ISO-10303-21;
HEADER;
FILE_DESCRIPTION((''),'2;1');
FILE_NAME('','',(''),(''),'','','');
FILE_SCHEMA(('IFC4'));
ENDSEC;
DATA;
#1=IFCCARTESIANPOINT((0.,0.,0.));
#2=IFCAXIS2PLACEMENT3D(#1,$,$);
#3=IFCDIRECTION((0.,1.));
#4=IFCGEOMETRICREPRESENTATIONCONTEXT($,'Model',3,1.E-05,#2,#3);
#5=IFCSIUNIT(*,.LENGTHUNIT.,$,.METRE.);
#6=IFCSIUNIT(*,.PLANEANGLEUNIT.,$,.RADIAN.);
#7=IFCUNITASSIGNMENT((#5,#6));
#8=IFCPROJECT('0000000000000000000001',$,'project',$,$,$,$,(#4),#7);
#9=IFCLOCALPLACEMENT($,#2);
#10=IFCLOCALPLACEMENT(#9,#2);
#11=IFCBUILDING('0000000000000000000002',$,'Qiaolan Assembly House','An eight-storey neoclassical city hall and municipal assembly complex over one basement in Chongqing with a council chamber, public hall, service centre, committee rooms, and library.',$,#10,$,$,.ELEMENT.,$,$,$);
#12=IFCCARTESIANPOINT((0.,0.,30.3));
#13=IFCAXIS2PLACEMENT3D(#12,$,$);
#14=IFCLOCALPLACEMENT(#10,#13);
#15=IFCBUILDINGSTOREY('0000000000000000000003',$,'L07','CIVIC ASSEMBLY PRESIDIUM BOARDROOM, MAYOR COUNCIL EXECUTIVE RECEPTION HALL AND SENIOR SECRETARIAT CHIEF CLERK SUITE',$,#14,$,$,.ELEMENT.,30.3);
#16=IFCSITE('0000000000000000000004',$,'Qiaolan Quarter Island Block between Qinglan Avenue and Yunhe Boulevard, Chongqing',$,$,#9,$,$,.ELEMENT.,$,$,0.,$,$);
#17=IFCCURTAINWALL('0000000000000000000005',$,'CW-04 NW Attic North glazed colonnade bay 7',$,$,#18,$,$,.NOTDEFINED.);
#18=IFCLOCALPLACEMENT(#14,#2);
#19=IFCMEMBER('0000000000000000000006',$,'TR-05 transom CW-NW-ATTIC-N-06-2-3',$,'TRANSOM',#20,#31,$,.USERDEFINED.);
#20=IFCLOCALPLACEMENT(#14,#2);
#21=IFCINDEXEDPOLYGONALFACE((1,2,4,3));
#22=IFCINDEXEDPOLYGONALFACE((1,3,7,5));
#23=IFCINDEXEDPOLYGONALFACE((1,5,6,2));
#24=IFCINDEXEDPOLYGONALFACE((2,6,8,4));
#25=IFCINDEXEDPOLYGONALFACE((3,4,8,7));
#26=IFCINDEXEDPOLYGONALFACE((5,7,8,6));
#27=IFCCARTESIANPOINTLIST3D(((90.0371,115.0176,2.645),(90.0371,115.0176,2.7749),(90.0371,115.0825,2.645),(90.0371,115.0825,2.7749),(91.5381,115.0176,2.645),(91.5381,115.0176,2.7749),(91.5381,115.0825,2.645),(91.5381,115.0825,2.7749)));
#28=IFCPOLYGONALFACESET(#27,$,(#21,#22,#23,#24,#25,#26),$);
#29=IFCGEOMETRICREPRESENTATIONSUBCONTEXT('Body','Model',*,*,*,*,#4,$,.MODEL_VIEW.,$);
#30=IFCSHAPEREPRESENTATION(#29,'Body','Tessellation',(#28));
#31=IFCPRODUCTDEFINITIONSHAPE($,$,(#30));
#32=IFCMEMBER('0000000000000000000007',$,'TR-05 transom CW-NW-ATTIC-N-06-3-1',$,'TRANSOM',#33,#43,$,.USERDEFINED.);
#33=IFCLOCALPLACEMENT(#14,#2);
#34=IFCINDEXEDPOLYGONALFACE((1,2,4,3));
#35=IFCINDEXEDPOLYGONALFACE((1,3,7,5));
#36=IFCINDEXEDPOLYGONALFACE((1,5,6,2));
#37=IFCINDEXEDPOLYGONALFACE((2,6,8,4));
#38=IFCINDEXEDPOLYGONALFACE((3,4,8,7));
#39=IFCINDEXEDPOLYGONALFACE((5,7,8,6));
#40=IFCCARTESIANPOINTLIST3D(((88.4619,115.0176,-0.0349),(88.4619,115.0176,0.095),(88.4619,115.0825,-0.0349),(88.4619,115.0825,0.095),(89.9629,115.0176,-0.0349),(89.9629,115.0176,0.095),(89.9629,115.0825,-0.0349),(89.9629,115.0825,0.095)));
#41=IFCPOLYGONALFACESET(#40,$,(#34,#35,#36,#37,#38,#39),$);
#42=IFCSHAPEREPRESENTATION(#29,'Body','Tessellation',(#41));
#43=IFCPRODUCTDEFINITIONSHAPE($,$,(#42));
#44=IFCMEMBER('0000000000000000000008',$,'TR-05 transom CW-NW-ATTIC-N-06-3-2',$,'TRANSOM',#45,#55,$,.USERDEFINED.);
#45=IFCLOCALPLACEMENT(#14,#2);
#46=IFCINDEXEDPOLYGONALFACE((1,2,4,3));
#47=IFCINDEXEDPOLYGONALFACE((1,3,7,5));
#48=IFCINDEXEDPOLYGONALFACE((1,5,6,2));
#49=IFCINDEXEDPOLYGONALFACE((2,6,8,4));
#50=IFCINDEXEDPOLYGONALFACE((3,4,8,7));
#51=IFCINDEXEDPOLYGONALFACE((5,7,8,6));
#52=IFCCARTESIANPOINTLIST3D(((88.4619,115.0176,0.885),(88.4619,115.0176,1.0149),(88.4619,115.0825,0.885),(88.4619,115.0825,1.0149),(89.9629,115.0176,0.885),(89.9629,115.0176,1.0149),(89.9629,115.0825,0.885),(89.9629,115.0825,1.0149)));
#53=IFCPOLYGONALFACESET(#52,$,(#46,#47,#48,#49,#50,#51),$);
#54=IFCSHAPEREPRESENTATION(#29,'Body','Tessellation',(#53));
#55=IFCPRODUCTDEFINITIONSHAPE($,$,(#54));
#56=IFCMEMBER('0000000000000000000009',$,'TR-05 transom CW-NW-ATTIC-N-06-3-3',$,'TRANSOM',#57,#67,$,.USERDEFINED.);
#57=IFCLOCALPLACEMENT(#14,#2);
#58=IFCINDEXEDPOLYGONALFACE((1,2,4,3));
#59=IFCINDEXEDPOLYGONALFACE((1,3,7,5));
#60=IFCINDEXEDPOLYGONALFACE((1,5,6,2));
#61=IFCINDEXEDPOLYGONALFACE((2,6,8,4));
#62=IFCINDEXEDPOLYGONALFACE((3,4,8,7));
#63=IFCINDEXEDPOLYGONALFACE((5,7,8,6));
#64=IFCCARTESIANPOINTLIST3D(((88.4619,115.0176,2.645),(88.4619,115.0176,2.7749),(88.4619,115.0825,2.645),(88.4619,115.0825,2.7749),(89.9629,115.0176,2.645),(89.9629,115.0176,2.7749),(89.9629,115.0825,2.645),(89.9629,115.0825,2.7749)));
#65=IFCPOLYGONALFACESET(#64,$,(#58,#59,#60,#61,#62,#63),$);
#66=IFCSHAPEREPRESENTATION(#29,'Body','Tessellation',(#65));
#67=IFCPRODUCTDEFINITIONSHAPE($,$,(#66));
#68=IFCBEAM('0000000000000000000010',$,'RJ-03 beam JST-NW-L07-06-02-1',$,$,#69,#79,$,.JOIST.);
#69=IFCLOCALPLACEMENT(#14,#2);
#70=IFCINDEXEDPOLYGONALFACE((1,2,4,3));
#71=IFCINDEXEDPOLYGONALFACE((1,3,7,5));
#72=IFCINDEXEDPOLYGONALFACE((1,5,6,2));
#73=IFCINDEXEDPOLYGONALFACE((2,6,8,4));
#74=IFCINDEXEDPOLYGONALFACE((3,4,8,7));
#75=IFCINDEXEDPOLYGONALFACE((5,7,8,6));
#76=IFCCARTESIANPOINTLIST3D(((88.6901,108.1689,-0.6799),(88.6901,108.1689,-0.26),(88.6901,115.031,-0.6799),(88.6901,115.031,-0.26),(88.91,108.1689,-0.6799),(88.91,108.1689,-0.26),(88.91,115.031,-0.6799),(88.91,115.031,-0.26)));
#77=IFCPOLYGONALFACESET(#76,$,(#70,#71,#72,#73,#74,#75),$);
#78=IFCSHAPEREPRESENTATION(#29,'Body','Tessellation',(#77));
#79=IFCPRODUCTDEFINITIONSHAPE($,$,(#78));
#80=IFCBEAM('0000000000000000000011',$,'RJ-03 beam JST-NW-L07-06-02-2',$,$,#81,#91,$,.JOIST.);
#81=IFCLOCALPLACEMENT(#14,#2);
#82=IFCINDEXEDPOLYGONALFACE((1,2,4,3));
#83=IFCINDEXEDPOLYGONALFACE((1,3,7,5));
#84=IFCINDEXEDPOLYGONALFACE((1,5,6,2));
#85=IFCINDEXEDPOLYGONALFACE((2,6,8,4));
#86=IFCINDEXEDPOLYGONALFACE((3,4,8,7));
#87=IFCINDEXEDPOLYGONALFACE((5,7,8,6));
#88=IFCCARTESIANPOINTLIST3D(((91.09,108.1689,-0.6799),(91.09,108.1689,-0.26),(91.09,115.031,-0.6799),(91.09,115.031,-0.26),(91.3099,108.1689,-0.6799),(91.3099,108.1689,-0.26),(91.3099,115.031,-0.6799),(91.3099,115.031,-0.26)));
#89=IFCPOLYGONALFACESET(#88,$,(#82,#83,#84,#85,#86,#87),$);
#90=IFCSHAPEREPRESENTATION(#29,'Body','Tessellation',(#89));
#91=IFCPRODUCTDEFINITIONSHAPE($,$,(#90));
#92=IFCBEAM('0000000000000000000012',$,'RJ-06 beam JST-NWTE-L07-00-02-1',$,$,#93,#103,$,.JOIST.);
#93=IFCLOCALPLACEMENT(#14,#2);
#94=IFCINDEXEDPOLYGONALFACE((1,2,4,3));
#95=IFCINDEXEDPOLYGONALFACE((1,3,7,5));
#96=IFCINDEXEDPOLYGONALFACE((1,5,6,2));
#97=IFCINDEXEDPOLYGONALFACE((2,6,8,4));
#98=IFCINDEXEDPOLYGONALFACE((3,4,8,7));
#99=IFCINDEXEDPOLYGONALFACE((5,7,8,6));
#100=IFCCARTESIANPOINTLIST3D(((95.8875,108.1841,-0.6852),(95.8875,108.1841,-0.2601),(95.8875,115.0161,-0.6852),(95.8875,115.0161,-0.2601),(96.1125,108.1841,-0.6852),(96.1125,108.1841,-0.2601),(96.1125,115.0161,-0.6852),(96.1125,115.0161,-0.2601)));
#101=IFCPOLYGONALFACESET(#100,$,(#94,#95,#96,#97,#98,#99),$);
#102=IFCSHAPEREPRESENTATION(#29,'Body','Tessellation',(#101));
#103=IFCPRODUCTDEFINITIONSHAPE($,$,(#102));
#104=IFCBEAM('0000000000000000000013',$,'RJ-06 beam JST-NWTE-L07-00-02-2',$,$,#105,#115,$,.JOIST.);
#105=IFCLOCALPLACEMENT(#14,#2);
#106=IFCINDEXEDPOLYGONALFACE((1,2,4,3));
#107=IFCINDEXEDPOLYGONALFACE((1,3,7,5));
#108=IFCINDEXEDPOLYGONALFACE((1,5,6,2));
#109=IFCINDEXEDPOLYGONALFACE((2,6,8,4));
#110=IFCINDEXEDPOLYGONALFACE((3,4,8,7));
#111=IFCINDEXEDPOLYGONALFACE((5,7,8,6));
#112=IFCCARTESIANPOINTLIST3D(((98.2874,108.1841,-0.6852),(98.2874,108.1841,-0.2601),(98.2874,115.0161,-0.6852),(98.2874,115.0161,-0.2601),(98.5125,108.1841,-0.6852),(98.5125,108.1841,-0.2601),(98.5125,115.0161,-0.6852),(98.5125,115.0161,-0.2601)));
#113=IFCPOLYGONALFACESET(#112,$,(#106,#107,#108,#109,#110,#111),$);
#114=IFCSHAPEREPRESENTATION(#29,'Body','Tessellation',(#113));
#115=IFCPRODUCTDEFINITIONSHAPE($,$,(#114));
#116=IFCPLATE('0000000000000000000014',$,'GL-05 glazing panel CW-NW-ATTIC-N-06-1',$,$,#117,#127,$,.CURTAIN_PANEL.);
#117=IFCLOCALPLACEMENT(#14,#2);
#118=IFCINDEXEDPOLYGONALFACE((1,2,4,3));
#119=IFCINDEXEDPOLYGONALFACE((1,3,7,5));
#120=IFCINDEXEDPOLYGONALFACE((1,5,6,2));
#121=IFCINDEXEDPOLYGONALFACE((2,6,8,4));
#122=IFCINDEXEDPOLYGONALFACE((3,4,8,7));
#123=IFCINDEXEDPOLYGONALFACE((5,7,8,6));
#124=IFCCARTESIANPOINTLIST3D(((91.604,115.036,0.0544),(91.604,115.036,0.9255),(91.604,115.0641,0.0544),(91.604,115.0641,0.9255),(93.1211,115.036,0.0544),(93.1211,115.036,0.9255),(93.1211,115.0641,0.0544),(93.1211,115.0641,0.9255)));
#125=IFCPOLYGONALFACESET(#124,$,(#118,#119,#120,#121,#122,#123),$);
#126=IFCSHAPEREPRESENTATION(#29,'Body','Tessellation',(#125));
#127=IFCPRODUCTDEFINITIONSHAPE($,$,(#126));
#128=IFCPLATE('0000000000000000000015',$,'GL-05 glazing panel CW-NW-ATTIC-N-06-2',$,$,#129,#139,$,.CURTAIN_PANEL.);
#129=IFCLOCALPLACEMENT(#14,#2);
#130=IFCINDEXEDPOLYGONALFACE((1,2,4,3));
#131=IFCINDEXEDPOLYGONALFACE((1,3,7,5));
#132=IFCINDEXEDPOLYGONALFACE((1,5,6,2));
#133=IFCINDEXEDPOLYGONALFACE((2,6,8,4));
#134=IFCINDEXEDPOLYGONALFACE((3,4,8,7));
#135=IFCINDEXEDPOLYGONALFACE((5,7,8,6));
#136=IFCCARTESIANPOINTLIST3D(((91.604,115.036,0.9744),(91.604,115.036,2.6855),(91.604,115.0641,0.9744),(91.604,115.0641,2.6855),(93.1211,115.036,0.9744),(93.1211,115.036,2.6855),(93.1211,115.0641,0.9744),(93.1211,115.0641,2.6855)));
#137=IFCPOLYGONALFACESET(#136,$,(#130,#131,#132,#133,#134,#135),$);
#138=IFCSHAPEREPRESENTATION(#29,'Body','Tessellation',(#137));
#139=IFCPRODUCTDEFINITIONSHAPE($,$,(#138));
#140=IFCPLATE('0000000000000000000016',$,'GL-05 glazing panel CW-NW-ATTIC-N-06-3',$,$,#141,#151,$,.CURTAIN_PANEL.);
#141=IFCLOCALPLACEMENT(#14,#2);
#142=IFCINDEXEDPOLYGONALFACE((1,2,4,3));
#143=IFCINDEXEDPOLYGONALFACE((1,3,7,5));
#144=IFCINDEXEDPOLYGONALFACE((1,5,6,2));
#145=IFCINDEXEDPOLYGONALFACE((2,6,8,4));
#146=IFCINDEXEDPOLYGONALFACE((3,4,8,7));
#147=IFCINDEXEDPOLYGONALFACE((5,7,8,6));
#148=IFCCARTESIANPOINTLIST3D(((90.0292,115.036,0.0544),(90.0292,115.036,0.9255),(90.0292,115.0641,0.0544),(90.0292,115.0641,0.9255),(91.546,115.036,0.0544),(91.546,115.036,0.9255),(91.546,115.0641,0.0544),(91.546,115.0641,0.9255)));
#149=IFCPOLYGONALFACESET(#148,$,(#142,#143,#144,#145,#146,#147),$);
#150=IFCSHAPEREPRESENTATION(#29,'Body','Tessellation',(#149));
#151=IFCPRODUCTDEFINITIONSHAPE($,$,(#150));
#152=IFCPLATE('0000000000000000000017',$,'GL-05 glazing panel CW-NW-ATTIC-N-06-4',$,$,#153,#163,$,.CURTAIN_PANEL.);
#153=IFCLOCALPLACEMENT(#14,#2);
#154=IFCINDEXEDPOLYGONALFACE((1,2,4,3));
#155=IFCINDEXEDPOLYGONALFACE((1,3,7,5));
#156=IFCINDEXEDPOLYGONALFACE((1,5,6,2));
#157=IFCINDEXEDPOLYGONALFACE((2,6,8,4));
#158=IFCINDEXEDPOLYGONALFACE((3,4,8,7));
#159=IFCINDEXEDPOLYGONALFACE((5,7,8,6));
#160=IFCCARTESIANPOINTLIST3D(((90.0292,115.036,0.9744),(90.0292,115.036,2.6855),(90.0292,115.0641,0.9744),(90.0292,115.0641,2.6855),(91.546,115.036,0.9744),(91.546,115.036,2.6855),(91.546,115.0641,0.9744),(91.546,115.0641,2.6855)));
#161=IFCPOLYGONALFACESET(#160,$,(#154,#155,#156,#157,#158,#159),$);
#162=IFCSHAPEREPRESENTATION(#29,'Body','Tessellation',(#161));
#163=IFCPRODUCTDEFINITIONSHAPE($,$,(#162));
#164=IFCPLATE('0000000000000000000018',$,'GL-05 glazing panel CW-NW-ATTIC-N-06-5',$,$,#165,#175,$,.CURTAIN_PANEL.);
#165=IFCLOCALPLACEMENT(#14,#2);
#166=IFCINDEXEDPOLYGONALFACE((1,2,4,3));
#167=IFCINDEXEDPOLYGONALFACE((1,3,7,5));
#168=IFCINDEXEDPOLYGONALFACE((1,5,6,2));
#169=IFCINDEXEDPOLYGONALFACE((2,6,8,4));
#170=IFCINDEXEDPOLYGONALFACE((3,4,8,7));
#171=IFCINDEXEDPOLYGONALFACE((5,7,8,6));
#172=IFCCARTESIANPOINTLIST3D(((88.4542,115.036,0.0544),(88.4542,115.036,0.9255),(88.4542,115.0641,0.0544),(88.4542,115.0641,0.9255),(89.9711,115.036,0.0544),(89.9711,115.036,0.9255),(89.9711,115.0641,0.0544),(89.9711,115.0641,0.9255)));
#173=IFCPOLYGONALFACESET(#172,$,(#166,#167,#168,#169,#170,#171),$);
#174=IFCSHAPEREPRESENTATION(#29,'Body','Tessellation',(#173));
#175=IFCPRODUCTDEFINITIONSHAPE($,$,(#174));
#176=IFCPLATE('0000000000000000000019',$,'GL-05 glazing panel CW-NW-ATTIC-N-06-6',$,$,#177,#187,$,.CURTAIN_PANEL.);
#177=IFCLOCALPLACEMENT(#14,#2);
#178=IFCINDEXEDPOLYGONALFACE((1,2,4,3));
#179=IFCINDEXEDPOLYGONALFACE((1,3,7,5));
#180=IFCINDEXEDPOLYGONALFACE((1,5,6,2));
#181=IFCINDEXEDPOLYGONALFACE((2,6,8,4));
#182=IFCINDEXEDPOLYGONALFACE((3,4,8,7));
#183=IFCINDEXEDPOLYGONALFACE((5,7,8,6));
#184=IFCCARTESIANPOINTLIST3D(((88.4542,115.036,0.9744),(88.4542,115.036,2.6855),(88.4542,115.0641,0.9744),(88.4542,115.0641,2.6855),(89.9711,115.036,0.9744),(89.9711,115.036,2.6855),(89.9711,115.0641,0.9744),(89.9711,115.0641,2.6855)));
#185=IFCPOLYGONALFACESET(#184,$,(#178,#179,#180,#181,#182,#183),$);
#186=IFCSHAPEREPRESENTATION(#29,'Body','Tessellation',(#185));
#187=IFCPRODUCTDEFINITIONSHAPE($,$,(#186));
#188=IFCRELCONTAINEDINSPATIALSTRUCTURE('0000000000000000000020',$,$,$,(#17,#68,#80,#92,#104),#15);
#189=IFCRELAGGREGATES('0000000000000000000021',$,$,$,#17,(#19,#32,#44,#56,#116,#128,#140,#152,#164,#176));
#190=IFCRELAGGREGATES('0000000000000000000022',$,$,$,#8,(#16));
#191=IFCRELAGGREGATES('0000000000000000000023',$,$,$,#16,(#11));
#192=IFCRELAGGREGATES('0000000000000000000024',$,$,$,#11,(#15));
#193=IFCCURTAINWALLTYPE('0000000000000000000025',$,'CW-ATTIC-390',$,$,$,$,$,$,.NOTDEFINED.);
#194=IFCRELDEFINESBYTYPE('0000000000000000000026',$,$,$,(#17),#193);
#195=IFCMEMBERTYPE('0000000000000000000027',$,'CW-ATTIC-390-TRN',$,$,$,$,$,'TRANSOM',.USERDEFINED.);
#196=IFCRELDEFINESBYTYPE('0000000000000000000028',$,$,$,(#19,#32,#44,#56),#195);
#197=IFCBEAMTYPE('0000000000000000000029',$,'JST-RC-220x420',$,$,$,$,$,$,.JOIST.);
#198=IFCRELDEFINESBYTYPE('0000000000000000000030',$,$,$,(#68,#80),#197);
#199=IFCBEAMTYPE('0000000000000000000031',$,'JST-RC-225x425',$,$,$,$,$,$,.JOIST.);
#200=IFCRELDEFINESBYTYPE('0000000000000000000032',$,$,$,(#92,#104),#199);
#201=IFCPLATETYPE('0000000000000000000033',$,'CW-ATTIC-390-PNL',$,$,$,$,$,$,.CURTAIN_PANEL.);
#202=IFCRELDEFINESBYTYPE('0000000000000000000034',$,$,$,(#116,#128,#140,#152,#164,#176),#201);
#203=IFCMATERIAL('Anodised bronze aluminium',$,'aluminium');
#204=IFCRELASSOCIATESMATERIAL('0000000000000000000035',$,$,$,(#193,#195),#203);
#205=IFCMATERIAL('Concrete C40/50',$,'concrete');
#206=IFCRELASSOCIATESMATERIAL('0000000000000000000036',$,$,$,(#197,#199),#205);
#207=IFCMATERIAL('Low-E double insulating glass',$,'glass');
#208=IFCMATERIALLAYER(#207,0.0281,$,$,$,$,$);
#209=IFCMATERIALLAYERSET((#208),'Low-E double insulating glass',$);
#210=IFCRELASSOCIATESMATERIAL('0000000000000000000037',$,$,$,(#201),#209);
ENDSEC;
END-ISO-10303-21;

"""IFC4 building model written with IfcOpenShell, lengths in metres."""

from ifc_helpers import new_model, si_unit, direction, frame, frame_2d, origin, origin_2d, place, context, subcontext, project, spatial, rectangle, extrude, material, layer, layer_set, material_profile, profile_set, type_object, element, aggregate, save


model = new_model("IFC4")

# Units and contexts
model_context = context("Model", 3, precision=1e-05, world=origin(), true_north=direction((0.0, 1.0)))
body_context = subcontext(model_context, "Body", "Model", "MODEL_VIEW")
ifc_project = project(units=[si_unit("LENGTHUNIT", "METRE"), si_unit("PLANEANGLEUNIT", "RADIAN")], contexts=[model_context])

# Site, building, storey
site_placement = place(None, origin())
site = spatial("IfcSite", under=ifc_project, at=site_placement, Name="Qiaolan Quarter Island Block between Qinglan Avenue and Yunhe Boulevard, Chongqing", CompositionType="ELEMENT", RefElevation=0.0)
building_placement = place(site_placement, origin())
building = spatial("IfcBuilding", under=site, at=building_placement, Name="Qiaolan Assembly House", Description="An eight-storey neoclassical city hall and municipal assembly complex over one basement in Chongqing with a council chamber, public hall, service centre, committee rooms, and library.", CompositionType="ELEMENT")
storey_placement = place(building_placement, frame((0.0, 0.0, 30.3)))
storey = spatial("IfcBuildingStorey", under=building, at=storey_placement, Name="L07", Description="CIVIC ASSEMBLY PRESIDIUM BOARDROOM, MAYOR COUNCIL EXECUTIVE RECEPTION HALL AND SENIOR SECRETARIAT CHIEF CLERK SUITE", CompositionType="ELEMENT", Elevation=30.3)

# Shared definitions
ifc_material_1 = material(Name="Concrete C40/50", Category="concrete")

# Curtain wall, members
ifc_material_2 = material(Name="Anodised bronze aluminium", Category="aluminium")
curtain_wall_type = type_object("IfcCurtainWallType", Name="CW-ATTIC-390", PredefinedType="NOTDEFINED", material=ifc_material_2)
curtain_wall_placement = place(storey_placement, origin())
curtain_wall = element("IfcCurtainWall", 1, at=curtain_wall_placement, inside=storey, type_object=curtain_wall_type, Name="CW-04 NW Attic North glazed colonnade bay 7", PredefinedType="NOTDEFINED")
ifc_material_profile_1 = material_profile(ifc_material_2, rectangle(XDim=0.0649, YDim=0.1299, at=origin_2d()), Name="TRN 65x130")
ifc_profile_set_1 = profile_set([ifc_material_profile_1], Name="Anodised bronze aluminium")
member_type_1 = type_object("IfcMemberType", Name="CW-ATTIC-390-TRN", ElementType="TRANSOM", PredefinedType="USERDEFINED", material=ifc_profile_set_1)
member_1_placement = place(storey_placement, frame((91.5381, 115.05, 2.71), z_axis=(-1.0, 0.0, 0.0), x_axis=(0.0, -1.0, 0.0)))
member_1 = element("IfcMember", 2, at=member_1_placement, type_object=member_type_1, Name="TR-05 transom CW-NW-ATTIC-N-06-2-3", ObjectType="TRANSOM", PredefinedType="USERDEFINED", context=body_context, shape_type="SweptSolid", body=[
    extrude(rectangle(XDim=0.0649, YDim=0.1299, at=origin_2d()), origin(), (0.0, 0.0, 1.0), 1.501),
])
member_2_placement = place(storey_placement, frame((89.9629, 115.05, 0.03), z_axis=(-1.0, 0.0, 0.0), x_axis=(0.0, -1.0, 0.0)))
member_2 = element("IfcMember", 3, at=member_2_placement, type_object=member_type_1, Name="TR-05 transom CW-NW-ATTIC-N-06-3-1", ObjectType="TRANSOM", PredefinedType="USERDEFINED", context=body_context, shape_type="SweptSolid", body=[
    extrude(rectangle(XDim=0.0649, YDim=0.1299, at=origin_2d()), origin(), (0.0, 0.0, 1.0), 1.501),
])
member_3_placement = place(storey_placement, frame((89.9629, 115.05, 0.95), z_axis=(-1.0, 0.0, 0.0), x_axis=(0.0, -1.0, 0.0)))
member_3 = element("IfcMember", 4, at=member_3_placement, type_object=member_type_1, Name="TR-05 transom CW-NW-ATTIC-N-06-3-2", ObjectType="TRANSOM", PredefinedType="USERDEFINED", context=body_context, shape_type="SweptSolid", body=[
    extrude(rectangle(XDim=0.0649, YDim=0.1299, at=origin_2d()), origin(), (0.0, 0.0, 1.0), 1.501),
])
member_4_placement = place(storey_placement, frame((89.9629, 115.05, 2.71), z_axis=(-1.0, 0.0, 0.0), x_axis=(0.0, -1.0, 0.0)))
member_4 = element("IfcMember", 5, at=member_4_placement, type_object=member_type_1, Name="TR-05 transom CW-NW-ATTIC-N-06-3-3", ObjectType="TRANSOM", PredefinedType="USERDEFINED", context=body_context, shape_type="SweptSolid", body=[
    extrude(rectangle(XDim=0.0649, YDim=0.1299, at=origin_2d()), origin(), (0.0, 0.0, 1.0), 1.501),
])

# Beams
ifc_material_profile_2 = material_profile(ifc_material_1, rectangle(XDim=0.22, YDim=0.4199, at=origin_2d()), Name="RCB 220x420")
ifc_profile_set_2 = profile_set([ifc_material_profile_2], Name="Concrete C40/50")
beam_type_1 = type_object("IfcBeamType", Name="JST-RC-220x420", PredefinedType="JOIST", material=ifc_profile_set_2)
for number, where, z_axis, x_axis, name in (
    (6, (88.8, 108.1689, -0.47), (0.0, 1.0, 0.0), (-1.0, 0.0, 0.0), "RJ-03 beam JST-NW-L07-06-02-1"),
    (7, (91.2, 108.1689, -0.47), (0.0, 1.0, 0.0), (-1.0, 0.0, 0.0), "RJ-03 beam JST-NW-L07-06-02-2"),
):
    element("IfcBeam", number, at=place(storey_placement, frame(where, z_axis=z_axis, x_axis=x_axis)), inside=storey, type_object=beam_type_1, Name=name, PredefinedType="JOIST", context=body_context, shape_type="SweptSolid", body=[
        extrude(rectangle(XDim=0.22, YDim=0.4199, at=origin_2d()), origin(), (0.0, 0.0, 1.0), 6.8621),
    ])
ifc_material_profile_3 = material_profile(ifc_material_1, rectangle(XDim=0.2251, YDim=0.425, at=origin_2d()), Name="RCB 225x425")
ifc_profile_set_3 = profile_set([ifc_material_profile_3], Name="Concrete C40/50")
beam_type_2 = type_object("IfcBeamType", Name="JST-RC-225x425", PredefinedType="JOIST", material=ifc_profile_set_3)
for number, where, z_axis, x_axis, name in (
    (8, (96.0, 108.1841, -0.4727), (0.0, 1.0, 0.0), (-1.0, 0.0, 0.0), "RJ-06 beam JST-NWTE-L07-00-02-1"),
    (9, (98.3999, 108.1841, -0.4727), (0.0, 1.0, 0.0), (-1.0, 0.0, 0.0), "RJ-06 beam JST-NWTE-L07-00-02-2"),
):
    element("IfcBeam", number, at=place(storey_placement, frame(where, z_axis=z_axis, x_axis=x_axis)), inside=storey, type_object=beam_type_2, Name=name, PredefinedType="JOIST", context=body_context, shape_type="SweptSolid", body=[
        extrude(rectangle(XDim=0.2251, YDim=0.425, at=origin_2d()), origin(), (0.0, 0.0, 1.0), 6.832),
    ])

# Plates
ifc_material_3 = material(Name="Low-E double insulating glass", Category="glass")
ifc_layer_1 = layer(ifc_material_3, 0.0281)
ifc_layer_set_1 = layer_set([ifc_layer_1], Name="Low-E double insulating glass")
plate_type = type_object("IfcPlateType", Name="CW-ATTIC-390-PNL", PredefinedType="CURTAIN_PANEL", material=ifc_layer_set_1)
plate_1_placement = place(storey_placement, frame((93.1211, 115.05, 0.0544), z_axis=(0.0, 0.0, 1.0), x_axis=(-1.0, 0.0, 0.0)))
plate_1 = element("IfcPlate", 10, at=plate_1_placement, type_object=plate_type, Name="GL-05 glazing panel CW-NW-ATTIC-N-06-1", PredefinedType="CURTAIN_PANEL", context=body_context, shape_type="SweptSolid", body=[
    extrude(rectangle(XDim=1.5171, YDim=0.0281, at=frame_2d((0.7585, 0.0))), origin(), (0.0, 0.0, 1.0), 0.8711),
])
plate_2_placement = place(storey_placement, frame((93.1211, 115.05, 0.9744), z_axis=(0.0, 0.0, 1.0), x_axis=(-1.0, 0.0, 0.0)))
plate_2 = element("IfcPlate", 11, at=plate_2_placement, type_object=plate_type, Name="GL-05 glazing panel CW-NW-ATTIC-N-06-2", PredefinedType="CURTAIN_PANEL", context=body_context, shape_type="SweptSolid", body=[
    extrude(rectangle(XDim=1.5171, YDim=0.0281, at=frame_2d((0.7585, 0.0))), origin(), (0.0, 0.0, 1.0), 1.7112),
])
plate_3_placement = place(storey_placement, frame((91.5459, 115.05, 0.0544), z_axis=(0.0, 0.0, 1.0), x_axis=(-1.0, 0.0, 0.0)))
plate_3 = element("IfcPlate", 12, at=plate_3_placement, type_object=plate_type, Name="GL-05 glazing panel CW-NW-ATTIC-N-06-3", PredefinedType="CURTAIN_PANEL", context=body_context, shape_type="SweptSolid", body=[
    extrude(rectangle(XDim=1.5168, YDim=0.0281, at=frame_2d((0.7583, 0.0))), origin(), (0.0, 0.0, 1.0), 0.8711),
])
plate_4_placement = place(storey_placement, frame((91.5459, 115.05, 0.9744), z_axis=(0.0, 0.0, 1.0), x_axis=(-1.0, 0.0, 0.0)))
plate_4 = element("IfcPlate", 13, at=plate_4_placement, type_object=plate_type, Name="GL-05 glazing panel CW-NW-ATTIC-N-06-4", PredefinedType="CURTAIN_PANEL", context=body_context, shape_type="SweptSolid", body=[
    extrude(rectangle(XDim=1.5168, YDim=0.0281, at=frame_2d((0.7583, 0.0))), origin(), (0.0, 0.0, 1.0), 1.7112),
])
plate_5_placement = place(storey_placement, frame((89.9709, 115.05, 0.0544), z_axis=(0.0, 0.0, 1.0), x_axis=(-1.0, 0.0, 0.0)))
plate_5 = element("IfcPlate", 14, at=plate_5_placement, type_object=plate_type, Name="GL-05 glazing panel CW-NW-ATTIC-N-06-5", PredefinedType="CURTAIN_PANEL", context=body_context, shape_type="SweptSolid", body=[
    extrude(rectangle(XDim=1.5168, YDim=0.0281, at=frame_2d((0.7583, 0.0))), origin(), (0.0, 0.0, 1.0), 0.8711),
])
plate_6_placement = place(storey_placement, frame((89.9709, 115.05, 0.9744), z_axis=(0.0, 0.0, 1.0), x_axis=(-1.0, 0.0, 0.0)))
plate_6 = element("IfcPlate", 15, at=plate_6_placement, type_object=plate_type, Name="GL-05 glazing panel CW-NW-ATTIC-N-06-6", PredefinedType="CURTAIN_PANEL", context=body_context, shape_type="SweptSolid", body=[
    extrude(rectangle(XDim=1.5168, YDim=0.0281, at=frame_2d((0.7583, 0.0))), origin(), (0.0, 0.0, 1.0), 1.7112),
])
aggregate(curtain_wall, [member_1, member_2, member_3, member_4, plate_1, plate_2, plate_3, plate_4, plate_5, plate_6])

save(model, "model.ifc")
